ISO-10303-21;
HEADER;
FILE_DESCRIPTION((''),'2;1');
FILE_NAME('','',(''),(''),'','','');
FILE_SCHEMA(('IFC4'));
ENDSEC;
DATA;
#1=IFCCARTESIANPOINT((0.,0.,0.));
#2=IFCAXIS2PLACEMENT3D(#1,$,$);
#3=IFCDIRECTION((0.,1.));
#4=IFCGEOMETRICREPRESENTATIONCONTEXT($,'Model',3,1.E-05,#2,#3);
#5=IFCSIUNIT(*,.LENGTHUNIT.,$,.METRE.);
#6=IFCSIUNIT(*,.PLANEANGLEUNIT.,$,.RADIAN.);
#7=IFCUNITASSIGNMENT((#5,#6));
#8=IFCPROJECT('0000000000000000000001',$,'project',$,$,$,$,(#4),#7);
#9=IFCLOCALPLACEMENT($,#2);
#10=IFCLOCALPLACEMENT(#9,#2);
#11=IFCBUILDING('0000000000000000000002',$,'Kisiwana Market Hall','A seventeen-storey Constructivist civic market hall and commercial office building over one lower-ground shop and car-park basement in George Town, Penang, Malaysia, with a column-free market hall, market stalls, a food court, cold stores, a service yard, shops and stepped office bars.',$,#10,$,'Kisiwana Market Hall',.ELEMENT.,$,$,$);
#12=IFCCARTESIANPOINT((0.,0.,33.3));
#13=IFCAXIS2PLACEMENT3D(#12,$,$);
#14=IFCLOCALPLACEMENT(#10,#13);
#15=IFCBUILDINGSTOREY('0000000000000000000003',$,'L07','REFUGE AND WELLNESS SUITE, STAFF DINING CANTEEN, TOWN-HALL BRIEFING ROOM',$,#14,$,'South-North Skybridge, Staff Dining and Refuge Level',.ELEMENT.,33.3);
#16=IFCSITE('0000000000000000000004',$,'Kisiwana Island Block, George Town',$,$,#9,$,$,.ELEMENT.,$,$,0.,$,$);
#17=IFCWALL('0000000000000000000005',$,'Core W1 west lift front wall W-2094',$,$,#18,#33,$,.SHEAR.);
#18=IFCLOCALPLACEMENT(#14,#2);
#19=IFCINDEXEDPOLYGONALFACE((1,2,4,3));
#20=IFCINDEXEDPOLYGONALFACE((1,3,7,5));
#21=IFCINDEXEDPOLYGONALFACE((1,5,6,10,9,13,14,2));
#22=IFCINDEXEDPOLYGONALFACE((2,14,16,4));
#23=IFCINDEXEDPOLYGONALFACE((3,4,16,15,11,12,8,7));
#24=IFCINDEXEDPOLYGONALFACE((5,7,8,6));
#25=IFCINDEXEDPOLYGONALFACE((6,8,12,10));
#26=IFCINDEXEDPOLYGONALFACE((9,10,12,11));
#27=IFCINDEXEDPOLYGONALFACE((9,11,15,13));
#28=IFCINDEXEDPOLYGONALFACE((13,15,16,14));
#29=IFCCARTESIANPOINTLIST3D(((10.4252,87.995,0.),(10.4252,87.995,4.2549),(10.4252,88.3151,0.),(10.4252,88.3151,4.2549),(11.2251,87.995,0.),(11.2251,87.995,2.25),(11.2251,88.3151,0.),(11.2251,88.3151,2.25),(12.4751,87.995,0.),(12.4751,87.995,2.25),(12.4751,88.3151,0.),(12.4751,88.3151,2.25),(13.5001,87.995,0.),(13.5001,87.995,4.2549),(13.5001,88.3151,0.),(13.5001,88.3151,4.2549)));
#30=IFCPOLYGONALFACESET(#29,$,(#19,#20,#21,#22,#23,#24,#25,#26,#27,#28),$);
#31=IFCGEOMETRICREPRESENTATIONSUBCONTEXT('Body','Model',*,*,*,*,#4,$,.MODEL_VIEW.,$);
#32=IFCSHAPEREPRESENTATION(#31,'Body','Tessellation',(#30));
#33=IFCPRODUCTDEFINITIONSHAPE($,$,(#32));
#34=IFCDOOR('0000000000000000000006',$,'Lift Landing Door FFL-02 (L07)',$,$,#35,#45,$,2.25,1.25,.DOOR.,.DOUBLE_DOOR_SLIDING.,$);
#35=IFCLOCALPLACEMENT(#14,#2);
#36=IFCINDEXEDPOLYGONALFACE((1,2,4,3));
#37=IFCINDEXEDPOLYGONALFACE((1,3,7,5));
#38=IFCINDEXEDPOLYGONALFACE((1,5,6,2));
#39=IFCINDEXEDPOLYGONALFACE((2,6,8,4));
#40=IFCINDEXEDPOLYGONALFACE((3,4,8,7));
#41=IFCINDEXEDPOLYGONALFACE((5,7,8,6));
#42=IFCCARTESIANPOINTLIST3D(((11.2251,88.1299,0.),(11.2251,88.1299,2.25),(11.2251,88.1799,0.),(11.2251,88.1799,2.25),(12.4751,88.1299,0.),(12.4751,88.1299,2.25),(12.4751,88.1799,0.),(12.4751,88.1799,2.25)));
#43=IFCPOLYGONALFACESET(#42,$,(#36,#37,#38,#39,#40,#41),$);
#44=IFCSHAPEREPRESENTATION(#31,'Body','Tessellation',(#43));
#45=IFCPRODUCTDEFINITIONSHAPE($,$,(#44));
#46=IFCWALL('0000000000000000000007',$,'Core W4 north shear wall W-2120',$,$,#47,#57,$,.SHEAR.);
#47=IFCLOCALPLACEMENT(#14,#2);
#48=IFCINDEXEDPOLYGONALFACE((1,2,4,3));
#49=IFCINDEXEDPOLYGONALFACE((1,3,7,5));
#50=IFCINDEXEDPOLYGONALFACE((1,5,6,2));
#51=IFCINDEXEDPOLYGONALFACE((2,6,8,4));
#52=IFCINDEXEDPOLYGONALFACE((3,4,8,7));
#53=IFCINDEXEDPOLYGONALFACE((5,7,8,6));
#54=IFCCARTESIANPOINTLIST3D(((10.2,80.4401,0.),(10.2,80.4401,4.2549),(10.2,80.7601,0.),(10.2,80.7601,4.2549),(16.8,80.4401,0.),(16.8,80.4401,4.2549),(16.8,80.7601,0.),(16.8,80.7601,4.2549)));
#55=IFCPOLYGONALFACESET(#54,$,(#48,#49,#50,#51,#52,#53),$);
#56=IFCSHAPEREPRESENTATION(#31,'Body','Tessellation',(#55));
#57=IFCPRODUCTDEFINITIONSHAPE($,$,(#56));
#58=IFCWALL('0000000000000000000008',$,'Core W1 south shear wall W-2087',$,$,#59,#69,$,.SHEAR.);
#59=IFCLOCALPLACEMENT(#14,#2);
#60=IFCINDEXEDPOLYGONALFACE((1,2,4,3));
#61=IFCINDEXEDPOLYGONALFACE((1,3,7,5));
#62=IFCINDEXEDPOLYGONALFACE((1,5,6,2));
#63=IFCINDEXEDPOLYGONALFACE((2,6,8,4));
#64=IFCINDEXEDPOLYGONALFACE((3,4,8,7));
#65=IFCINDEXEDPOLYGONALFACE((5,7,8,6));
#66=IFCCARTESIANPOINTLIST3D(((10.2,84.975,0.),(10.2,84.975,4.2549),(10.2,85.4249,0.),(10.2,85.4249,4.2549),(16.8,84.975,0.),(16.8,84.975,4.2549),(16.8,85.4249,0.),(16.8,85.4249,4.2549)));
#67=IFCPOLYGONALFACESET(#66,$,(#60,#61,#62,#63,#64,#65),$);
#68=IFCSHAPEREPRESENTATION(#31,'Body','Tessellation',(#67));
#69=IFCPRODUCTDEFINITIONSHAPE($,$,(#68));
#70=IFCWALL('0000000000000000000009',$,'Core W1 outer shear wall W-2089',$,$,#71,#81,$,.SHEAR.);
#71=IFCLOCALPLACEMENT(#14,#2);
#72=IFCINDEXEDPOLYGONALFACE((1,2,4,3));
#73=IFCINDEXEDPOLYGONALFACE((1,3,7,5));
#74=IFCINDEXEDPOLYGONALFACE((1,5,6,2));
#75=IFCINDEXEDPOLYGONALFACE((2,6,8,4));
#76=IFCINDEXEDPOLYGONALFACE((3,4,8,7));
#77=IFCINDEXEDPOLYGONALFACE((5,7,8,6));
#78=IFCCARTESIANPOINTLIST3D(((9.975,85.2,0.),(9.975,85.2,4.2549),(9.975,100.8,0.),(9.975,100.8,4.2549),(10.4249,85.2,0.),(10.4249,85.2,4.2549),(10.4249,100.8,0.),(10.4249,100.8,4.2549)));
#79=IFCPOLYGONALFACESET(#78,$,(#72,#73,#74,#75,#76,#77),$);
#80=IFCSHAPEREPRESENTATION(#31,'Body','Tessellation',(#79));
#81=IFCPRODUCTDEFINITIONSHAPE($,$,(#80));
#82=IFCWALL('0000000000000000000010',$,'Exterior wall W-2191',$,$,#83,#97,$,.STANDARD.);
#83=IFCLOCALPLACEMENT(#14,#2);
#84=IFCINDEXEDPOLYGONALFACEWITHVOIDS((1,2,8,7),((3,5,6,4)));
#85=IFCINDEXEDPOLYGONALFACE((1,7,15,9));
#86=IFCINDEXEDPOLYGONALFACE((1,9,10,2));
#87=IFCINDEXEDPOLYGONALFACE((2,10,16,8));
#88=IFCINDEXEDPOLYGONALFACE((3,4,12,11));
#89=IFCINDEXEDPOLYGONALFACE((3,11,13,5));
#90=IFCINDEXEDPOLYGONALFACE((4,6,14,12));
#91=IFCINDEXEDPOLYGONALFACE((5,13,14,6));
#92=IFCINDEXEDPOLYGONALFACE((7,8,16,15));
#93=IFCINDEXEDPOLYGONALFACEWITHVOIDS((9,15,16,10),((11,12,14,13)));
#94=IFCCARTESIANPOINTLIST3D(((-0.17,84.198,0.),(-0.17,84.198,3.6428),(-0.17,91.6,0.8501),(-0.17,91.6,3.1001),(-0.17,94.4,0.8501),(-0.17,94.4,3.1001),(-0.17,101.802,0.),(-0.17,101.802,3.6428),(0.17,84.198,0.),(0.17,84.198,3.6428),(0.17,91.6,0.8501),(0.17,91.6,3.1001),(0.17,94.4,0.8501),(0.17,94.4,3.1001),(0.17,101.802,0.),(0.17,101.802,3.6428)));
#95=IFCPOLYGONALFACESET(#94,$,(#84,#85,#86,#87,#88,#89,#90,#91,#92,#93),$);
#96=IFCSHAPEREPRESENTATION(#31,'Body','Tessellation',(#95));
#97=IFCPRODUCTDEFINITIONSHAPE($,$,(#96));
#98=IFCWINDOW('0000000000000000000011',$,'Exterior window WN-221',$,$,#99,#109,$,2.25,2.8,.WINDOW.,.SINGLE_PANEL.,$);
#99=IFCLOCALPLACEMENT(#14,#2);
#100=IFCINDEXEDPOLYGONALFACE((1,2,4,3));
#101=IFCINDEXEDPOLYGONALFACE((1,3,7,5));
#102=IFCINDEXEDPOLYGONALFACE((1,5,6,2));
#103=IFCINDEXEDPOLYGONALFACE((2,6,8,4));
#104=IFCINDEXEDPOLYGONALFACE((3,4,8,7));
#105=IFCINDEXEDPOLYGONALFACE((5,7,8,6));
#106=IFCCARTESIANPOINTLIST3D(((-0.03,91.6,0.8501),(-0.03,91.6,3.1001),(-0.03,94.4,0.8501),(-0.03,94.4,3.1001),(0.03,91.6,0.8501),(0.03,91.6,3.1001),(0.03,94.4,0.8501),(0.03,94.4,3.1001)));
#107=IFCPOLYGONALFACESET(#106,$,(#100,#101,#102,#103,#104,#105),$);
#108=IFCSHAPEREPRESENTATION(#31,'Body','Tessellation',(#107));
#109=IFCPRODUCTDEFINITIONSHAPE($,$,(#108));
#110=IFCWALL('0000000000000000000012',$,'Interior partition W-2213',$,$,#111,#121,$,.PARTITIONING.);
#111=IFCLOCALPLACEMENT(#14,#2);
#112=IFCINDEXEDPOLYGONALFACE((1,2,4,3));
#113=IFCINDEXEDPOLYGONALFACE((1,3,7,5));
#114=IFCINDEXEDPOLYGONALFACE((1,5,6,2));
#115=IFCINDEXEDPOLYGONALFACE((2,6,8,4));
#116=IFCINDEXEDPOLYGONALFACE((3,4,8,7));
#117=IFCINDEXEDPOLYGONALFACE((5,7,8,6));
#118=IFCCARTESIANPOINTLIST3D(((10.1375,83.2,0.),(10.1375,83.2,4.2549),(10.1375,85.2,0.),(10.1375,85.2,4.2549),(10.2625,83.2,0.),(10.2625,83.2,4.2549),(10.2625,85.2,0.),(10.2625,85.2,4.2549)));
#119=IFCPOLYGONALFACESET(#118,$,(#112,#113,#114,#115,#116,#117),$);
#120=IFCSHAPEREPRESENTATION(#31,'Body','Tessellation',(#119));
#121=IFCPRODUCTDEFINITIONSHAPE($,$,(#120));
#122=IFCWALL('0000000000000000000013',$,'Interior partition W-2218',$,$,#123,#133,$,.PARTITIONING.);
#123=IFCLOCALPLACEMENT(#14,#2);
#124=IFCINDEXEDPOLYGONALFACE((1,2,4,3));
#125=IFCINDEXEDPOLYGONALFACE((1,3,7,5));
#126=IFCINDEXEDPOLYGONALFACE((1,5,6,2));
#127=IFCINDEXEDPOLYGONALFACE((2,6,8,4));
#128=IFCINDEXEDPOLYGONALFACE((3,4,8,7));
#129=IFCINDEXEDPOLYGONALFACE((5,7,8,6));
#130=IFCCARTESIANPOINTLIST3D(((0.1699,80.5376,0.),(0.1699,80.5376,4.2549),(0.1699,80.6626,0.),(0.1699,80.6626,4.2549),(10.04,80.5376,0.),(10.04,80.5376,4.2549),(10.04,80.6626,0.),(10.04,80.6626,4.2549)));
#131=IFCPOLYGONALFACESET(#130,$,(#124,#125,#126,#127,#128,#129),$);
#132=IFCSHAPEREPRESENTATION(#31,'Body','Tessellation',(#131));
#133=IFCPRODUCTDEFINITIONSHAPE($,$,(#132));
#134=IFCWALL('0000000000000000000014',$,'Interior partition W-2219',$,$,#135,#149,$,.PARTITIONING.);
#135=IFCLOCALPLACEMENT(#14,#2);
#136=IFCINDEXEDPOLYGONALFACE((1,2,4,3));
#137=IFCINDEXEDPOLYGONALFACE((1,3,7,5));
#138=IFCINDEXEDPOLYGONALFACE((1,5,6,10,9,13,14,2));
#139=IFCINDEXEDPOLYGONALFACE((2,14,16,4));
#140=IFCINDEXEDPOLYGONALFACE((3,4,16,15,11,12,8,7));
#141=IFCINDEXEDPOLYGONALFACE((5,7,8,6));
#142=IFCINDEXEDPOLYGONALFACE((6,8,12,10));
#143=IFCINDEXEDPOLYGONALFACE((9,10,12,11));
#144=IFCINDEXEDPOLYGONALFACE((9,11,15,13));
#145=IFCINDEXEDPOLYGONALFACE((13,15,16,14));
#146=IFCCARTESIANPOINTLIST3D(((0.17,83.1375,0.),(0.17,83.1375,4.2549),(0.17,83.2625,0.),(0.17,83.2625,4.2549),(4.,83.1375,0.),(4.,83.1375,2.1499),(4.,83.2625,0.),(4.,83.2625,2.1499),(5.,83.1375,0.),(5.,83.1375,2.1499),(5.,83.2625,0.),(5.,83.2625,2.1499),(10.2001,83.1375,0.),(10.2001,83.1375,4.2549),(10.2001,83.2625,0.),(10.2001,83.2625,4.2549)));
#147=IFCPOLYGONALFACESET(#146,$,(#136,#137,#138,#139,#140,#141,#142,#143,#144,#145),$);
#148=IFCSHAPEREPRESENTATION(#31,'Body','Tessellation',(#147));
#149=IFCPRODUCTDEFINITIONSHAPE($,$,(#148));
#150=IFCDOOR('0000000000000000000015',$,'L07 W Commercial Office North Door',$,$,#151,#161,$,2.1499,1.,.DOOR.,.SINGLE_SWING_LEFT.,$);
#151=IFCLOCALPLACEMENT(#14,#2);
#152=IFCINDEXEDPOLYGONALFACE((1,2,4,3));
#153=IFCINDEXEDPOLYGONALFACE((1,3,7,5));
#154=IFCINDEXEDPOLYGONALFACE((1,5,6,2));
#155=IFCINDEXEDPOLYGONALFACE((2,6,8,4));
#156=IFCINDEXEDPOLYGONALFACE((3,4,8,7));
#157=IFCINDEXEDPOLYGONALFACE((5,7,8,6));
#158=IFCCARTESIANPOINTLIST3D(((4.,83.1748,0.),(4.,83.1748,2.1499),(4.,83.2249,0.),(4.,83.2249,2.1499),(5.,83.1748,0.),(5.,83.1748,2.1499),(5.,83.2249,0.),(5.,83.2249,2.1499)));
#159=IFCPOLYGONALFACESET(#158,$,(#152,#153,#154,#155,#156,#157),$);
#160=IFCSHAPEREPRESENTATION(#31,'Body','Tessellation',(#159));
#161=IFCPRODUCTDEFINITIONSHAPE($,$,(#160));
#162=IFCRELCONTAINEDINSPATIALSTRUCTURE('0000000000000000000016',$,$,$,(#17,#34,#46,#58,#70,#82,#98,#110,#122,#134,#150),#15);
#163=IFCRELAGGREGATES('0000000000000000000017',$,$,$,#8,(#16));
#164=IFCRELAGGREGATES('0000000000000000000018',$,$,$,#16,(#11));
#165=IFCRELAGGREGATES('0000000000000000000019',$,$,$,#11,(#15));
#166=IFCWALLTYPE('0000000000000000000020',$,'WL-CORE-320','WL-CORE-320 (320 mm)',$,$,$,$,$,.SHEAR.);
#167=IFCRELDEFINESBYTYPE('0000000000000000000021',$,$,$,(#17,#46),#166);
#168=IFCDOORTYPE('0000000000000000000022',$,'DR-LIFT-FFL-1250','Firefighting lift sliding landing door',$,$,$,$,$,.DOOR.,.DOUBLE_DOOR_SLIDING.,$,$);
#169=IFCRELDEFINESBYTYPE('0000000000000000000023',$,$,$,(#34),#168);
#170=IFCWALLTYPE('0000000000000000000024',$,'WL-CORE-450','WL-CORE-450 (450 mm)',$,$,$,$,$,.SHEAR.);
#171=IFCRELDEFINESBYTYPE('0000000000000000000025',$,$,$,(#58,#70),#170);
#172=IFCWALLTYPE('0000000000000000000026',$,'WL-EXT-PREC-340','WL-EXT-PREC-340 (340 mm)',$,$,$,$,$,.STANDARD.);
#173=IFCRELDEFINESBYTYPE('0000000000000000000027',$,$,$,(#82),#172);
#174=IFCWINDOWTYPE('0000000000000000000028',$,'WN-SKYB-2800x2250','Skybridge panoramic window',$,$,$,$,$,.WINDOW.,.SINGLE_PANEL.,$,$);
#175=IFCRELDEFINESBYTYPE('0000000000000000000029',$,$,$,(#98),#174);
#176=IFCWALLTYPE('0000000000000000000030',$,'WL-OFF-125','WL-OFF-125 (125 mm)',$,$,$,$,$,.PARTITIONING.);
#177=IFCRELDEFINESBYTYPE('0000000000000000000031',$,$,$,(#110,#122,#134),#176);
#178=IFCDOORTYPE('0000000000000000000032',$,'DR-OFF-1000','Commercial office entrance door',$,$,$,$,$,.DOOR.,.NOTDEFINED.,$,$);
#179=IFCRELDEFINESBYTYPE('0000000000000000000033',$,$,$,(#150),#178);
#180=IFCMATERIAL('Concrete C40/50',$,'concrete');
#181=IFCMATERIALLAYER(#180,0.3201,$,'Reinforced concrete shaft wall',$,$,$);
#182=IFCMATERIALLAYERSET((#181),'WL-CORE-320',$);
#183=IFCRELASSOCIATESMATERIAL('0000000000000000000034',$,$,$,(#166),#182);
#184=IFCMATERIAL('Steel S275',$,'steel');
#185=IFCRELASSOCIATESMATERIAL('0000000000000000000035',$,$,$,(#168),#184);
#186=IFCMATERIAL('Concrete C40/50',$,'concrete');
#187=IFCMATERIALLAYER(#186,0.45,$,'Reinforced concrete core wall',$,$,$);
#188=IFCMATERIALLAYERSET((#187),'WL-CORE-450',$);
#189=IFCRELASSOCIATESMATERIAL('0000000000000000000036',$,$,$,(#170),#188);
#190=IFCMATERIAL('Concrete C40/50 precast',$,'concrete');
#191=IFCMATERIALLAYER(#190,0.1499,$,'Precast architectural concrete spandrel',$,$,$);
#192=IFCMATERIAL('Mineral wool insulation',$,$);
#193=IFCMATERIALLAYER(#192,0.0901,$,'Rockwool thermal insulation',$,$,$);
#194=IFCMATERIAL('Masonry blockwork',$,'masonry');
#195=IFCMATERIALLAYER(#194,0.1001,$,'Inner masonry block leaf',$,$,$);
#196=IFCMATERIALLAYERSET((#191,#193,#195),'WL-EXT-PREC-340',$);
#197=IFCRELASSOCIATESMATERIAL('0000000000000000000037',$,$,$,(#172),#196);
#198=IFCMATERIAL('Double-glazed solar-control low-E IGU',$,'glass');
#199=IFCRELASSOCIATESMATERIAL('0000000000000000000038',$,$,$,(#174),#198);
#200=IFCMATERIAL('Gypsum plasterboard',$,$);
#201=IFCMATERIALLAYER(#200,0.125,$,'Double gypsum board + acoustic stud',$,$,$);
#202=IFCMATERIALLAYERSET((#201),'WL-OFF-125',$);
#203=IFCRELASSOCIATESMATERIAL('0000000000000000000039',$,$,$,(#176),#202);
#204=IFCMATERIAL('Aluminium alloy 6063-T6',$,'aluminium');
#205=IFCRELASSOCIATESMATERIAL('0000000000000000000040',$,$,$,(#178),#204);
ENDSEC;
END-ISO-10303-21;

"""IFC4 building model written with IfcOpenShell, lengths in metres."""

from ifc_helpers import new_model, si_unit, direction, frame, frame_2d, origin, place, context, subcontext, project, spatial, rectangle, extrude, material, layer, layer_set, type_object, element, fill, save


model = new_model("IFC4")

# Units and contexts
model_context = context("Model", 3, precision=1e-05, world=origin(), true_north=direction((0.0, 1.0)))
body_context = subcontext(model_context, "Body", "Model", "MODEL_VIEW")
ifc_project = project(units=[si_unit("LENGTHUNIT", "METRE"), si_unit("PLANEANGLEUNIT", "RADIAN")], contexts=[model_context])

# Site, building, storey
site_placement = place(None, origin())
site = spatial("IfcSite", under=ifc_project, at=site_placement, Name="Kisiwana Island Block, George Town", CompositionType="ELEMENT", RefElevation=0.0)
building_placement = place(site_placement, origin())
building = spatial("IfcBuilding", under=site, at=building_placement, Name="Kisiwana Market Hall", Description="A seventeen-storey Constructivist civic market hall and commercial office building over one lower-ground shop and car-park basement in George Town, Penang, Malaysia, with a column-free market hall, market stalls, a food court, cold stores, a service yard, shops and stepped office bars.", LongName="Kisiwana Market Hall", CompositionType="ELEMENT")
storey_placement = place(building_placement, frame((0.0, 0.0, 33.3)))
storey = spatial("IfcBuildingStorey", under=building, at=storey_placement, Name="L07", Description="REFUGE AND WELLNESS SUITE, STAFF DINING CANTEEN, TOWN-HALL BRIEFING ROOM", LongName="South-North Skybridge, Staff Dining and Refuge Level", CompositionType="ELEMENT", Elevation=33.3)

# Wall, opening, door
ifc_material_1 = material(Name="Concrete C40/50", Category="concrete")
ifc_layer_1 = layer(ifc_material_1, 0.3201, Name="Reinforced concrete shaft wall")
ifc_layer_set_1 = layer_set([ifc_layer_1], Name="WL-CORE-320")
wall_type_1 = type_object("IfcWallType", Name="WL-CORE-320", Description="WL-CORE-320 (320 mm)", PredefinedType="SHEAR", material=ifc_layer_set_1)
wall_1_placement = place(storey_placement, frame((10.425, 88.155, 0.0), z_axis=(0.0, 0.0, 1.0), x_axis=(1.0, 0.0, 0.0)))
wall_1 = element("IfcWall", 1, at=wall_1_placement, inside=storey, type_object=wall_type_1, Name="Core W1 west lift front wall W-2094", PredefinedType="SHEAR", context=body_context, shape_type="SweptSolid", body=[
    extrude(rectangle(XDim=3.075, YDim=0.3201, at=frame_2d((1.5376, 0.0))), origin(), (0.0, 0.0, 1.0), 4.2549),
])
opening_1_placement = place(wall_1_placement, frame((0.8, 0.0, 0.0)))
opening_1 = element("IfcOpeningElement", 2, at=opening_1_placement, cuts=wall_1, PredefinedType="OPENING", context=body_context, shape_type="SweptSolid", body=[
    extrude(rectangle(XDim=1.25, YDim=2.25, at=frame_2d((0.625, 1.125))), frame((0.0, 0.1719, 0.0), z_axis=(0.0, -1.0, 0.0), x_axis=(1.0, 0.0, 0.0)), (0.0, 0.0, 1.0), 0.344),
])
ifc_material_2 = material(Name="Steel S275", Category="steel")
door_type_1 = type_object("IfcDoorType", Name="DR-LIFT-FFL-1250", Description="Firefighting lift sliding landing door", OperationType="DOUBLE_DOOR_SLIDING", PredefinedType="DOOR", material=ifc_material_2)
door_1_placement = place(opening_1_placement, origin())
door_1 = element("IfcDoor", 3, at=door_1_placement, inside=storey, type_object=door_type_1, Name="Lift Landing Door FFL-02 (L07)", OperationType="DOUBLE_DOOR_SLIDING", OverallHeight=2.25, OverallWidth=1.25, PredefinedType="DOOR", context=body_context, shape_type="SweptSolid", body=[
    extrude(rectangle(XDim=1.25, YDim=2.25, at=frame_2d((0.625, 1.125))), frame((0.0, 0.0249, 0.0), z_axis=(0.0, -1.0, 0.0), x_axis=(1.0, 0.0, 0.0)), (0.0, 0.0, 1.0), 0.05),
])
fill(opening_1, door_1)

# Walls
wall_2_placement = place(storey_placement, frame((10.2, 80.6001, 0.0), z_axis=(0.0, 0.0, 1.0), x_axis=(1.0, 0.0, 0.0)))
element("IfcWall", 4, at=wall_2_placement, inside=storey, type_object=wall_type_1, Name="Core W4 north shear wall W-2120", PredefinedType="SHEAR", context=body_context, shape_type="SweptSolid", body=[
    extrude(rectangle(XDim=6.6001, YDim=0.3201, at=frame_2d((3.3, 0.0))), origin(), (0.0, 0.0, 1.0), 4.2549),
])
ifc_material_3 = material(Name="Concrete C40/50", Category="concrete")
ifc_layer_2 = layer(ifc_material_3, 0.45, Name="Reinforced concrete core wall")
ifc_layer_set_2 = layer_set([ifc_layer_2], Name="WL-CORE-450")
wall_type_2 = type_object("IfcWallType", Name="WL-CORE-450", Description="WL-CORE-450 (450 mm)", PredefinedType="SHEAR", material=ifc_layer_set_2)
wall_3_placement = place(storey_placement, frame((10.2, 85.2, 0.0), z_axis=(0.0, 0.0, 1.0), x_axis=(1.0, 0.0, 0.0)))
element("IfcWall", 5, at=wall_3_placement, inside=storey, type_object=wall_type_2, Name="Core W1 south shear wall W-2087", PredefinedType="SHEAR", context=body_context, shape_type="SweptSolid", body=[
    extrude(rectangle(XDim=6.6001, YDim=0.45, at=frame_2d((3.3, 0.0))), origin(), (0.0, 0.0, 1.0), 4.2549),
])
wall_4_placement = place(storey_placement, frame((10.2, 85.2, 0.0), z_axis=(0.0, 0.0, 1.0), x_axis=(0.0, 1.0, 0.0)))
element("IfcWall", 6, at=wall_4_placement, inside=storey, type_object=wall_type_2, Name="Core W1 outer shear wall W-2089", PredefinedType="SHEAR", context=body_context, shape_type="SweptSolid", body=[
    extrude(rectangle(XDim=15.6001, YDim=0.45, at=frame_2d((7.8, 0.0))), origin(), (0.0, 0.0, 1.0), 4.2549),
])

# Wall, opening, window
ifc_material_4 = material(Name="Concrete C40/50 precast", Category="concrete")
ifc_layer_3 = layer(ifc_material_4, 0.1499, Name="Precast architectural concrete spandrel")
ifc_material_5 = material(Name="Mineral wool insulation")
ifc_layer_4 = layer(ifc_material_5, 0.0901, Name="Rockwool thermal insulation")
ifc_material_6 = material(Name="Masonry blockwork", Category="masonry")
ifc_layer_5 = layer(ifc_material_6, 0.1001, Name="Inner masonry block leaf")
ifc_layer_set_3 = layer_set([ifc_layer_3, ifc_layer_4, ifc_layer_5], Name="WL-EXT-PREC-340")
wall_type_3 = type_object("IfcWallType", Name="WL-EXT-PREC-340", Description="WL-EXT-PREC-340 (340 mm)", PredefinedType="STANDARD", material=ifc_layer_set_3)
wall_5_placement = place(storey_placement, frame((0.0, 84.198, 0.0), z_axis=(0.0, 0.0, 1.0), x_axis=(0.0, 1.0, 0.0)))
wall_5 = element("IfcWall", 7, at=wall_5_placement, inside=storey, type_object=wall_type_3, Name="Exterior wall W-2191", PredefinedType="STANDARD", context=body_context, shape_type="SweptSolid", body=[
    extrude(rectangle(XDim=17.604, YDim=0.3401, at=frame_2d((8.802, 0.0))), origin(), (0.0, 0.0, 1.0), 3.6428),
])
opening_2_placement = place(wall_5_placement, frame((7.4021, 0.0, 0.8501)))
opening_2 = element("IfcOpeningElement", 8, at=opening_2_placement, cuts=wall_5, PredefinedType="OPENING", context=body_context, shape_type="SweptSolid", body=[
    extrude(rectangle(XDim=2.8, YDim=2.25, at=frame_2d((1.3999, 1.125))), frame((0.0, 0.1821, 0.0), z_axis=(0.0, -1.0, 0.0), x_axis=(1.0, 0.0, 0.0)), (0.0, 0.0, 1.0), 0.364),
])
ifc_material_7 = material(Name="Double-glazed solar-control low-E IGU", Category="glass")
window_type = type_object("IfcWindowType", Name="WN-SKYB-2800x2250", Description="Skybridge panoramic window", PartitioningType="SINGLE_PANEL", PredefinedType="WINDOW", material=ifc_material_7)
window_placement = place(opening_2_placement, origin())
window = element("IfcWindow", 9, at=window_placement, inside=storey, type_object=window_type, Name="Exterior window WN-221", OverallHeight=2.25, OverallWidth=2.8, PartitioningType="SINGLE_PANEL", PredefinedType="WINDOW", context=body_context, shape_type="SweptSolid", body=[
    extrude(rectangle(XDim=2.8, YDim=2.25, at=frame_2d((1.3999, 1.125))), frame((0.0, 0.03, 0.0), z_axis=(0.0, -1.0, 0.0), x_axis=(1.0, 0.0, 0.0)), (0.0, 0.0, 1.0), 0.0601),
])
fill(opening_2, window)

# Walls
ifc_material_8 = material(Name="Gypsum plasterboard")
ifc_layer_6 = layer(ifc_material_8, 0.125, Name="Double gypsum board + acoustic stud")
ifc_layer_set_4 = layer_set([ifc_layer_6], Name="WL-OFF-125")
wall_type_4 = type_object("IfcWallType", Name="WL-OFF-125", Description="WL-OFF-125 (125 mm)", PredefinedType="PARTITIONING", material=ifc_layer_set_4)
wall_6_placement = place(storey_placement, frame((10.2, 83.2, 0.0), z_axis=(0.0, 0.0, 1.0), x_axis=(0.0, 1.0, 0.0)))
element("IfcWall", 10, at=wall_6_placement, inside=storey, type_object=wall_type_4, Name="Interior partition W-2213", PredefinedType="PARTITIONING", context=body_context, shape_type="SweptSolid", body=[
    extrude(rectangle(XDim=2.0, YDim=0.125, at=frame_2d((1.0, 0.0))), origin(), (0.0, 0.0, 1.0), 4.2549),
])
wall_7_placement = place(storey_placement, frame((0.1699, 80.6001, 0.0), z_axis=(0.0, 0.0, 1.0), x_axis=(1.0, 0.0, 0.0)))
element("IfcWall", 11, at=wall_7_placement, inside=storey, type_object=wall_type_4, Name="Interior partition W-2218", PredefinedType="PARTITIONING", context=body_context, shape_type="SweptSolid", body=[
    extrude(rectangle(XDim=9.8701, YDim=0.125, at=frame_2d((4.9351, 0.0))), origin(), (0.0, 0.0, 1.0), 4.2549),
])

# Wall, opening, door
wall_8_placement = place(storey_placement, frame((0.1699, 83.2, 0.0), z_axis=(0.0, 0.0, 1.0), x_axis=(1.0, 0.0, 0.0)))
wall_8 = element("IfcWall", 12, at=wall_8_placement, inside=storey, type_object=wall_type_4, Name="Interior partition W-2219", PredefinedType="PARTITIONING", context=body_context, shape_type="SweptSolid", body=[
    extrude(rectangle(XDim=10.03, YDim=0.125, at=frame_2d((5.0151, 0.0))), origin(), (0.0, 0.0, 1.0), 4.2549),
])
opening_3_placement = place(wall_8_placement, frame((3.8301, 0.0, 0.0)))
opening_3 = element("IfcOpeningElement", 13, at=opening_3_placement, cuts=wall_8, PredefinedType="OPENING", context=body_context, shape_type="SweptSolid", body=[
    extrude(rectangle(XDim=1.0, YDim=2.1499, at=frame_2d((0.5, 1.075))), frame((0.0, 0.0745, 0.0), z_axis=(0.0, -1.0, 0.0), x_axis=(1.0, 0.0, 0.0)), (0.0, 0.0, 1.0), 0.1489),
])
ifc_material_9 = material(Name="Aluminium alloy 6063-T6", Category="aluminium")
door_type_2 = type_object("IfcDoorType", Name="DR-OFF-1000", Description="Commercial office entrance door", OperationType="NOTDEFINED", PredefinedType="DOOR", material=ifc_material_9)
door_2_placement = place(opening_3_placement, origin())
door_2 = element("IfcDoor", 14, at=door_2_placement, inside=storey, type_object=door_type_2, Name="L07 W Commercial Office North Door", OperationType="SINGLE_SWING_LEFT", OverallHeight=2.1499, OverallWidth=1.0, PredefinedType="DOOR", context=body_context, shape_type="SweptSolid", body=[
    extrude(rectangle(XDim=1.0, YDim=2.1499, at=frame_2d((0.5, 1.075))), frame((0.0, 0.0249, 0.0), z_axis=(0.0, -1.0, 0.0), x_axis=(1.0, 0.0, 0.0)), (0.0, 0.0, 1.0), 0.05),
])
fill(opening_3, door_2)

save(model, "model.ifc")
